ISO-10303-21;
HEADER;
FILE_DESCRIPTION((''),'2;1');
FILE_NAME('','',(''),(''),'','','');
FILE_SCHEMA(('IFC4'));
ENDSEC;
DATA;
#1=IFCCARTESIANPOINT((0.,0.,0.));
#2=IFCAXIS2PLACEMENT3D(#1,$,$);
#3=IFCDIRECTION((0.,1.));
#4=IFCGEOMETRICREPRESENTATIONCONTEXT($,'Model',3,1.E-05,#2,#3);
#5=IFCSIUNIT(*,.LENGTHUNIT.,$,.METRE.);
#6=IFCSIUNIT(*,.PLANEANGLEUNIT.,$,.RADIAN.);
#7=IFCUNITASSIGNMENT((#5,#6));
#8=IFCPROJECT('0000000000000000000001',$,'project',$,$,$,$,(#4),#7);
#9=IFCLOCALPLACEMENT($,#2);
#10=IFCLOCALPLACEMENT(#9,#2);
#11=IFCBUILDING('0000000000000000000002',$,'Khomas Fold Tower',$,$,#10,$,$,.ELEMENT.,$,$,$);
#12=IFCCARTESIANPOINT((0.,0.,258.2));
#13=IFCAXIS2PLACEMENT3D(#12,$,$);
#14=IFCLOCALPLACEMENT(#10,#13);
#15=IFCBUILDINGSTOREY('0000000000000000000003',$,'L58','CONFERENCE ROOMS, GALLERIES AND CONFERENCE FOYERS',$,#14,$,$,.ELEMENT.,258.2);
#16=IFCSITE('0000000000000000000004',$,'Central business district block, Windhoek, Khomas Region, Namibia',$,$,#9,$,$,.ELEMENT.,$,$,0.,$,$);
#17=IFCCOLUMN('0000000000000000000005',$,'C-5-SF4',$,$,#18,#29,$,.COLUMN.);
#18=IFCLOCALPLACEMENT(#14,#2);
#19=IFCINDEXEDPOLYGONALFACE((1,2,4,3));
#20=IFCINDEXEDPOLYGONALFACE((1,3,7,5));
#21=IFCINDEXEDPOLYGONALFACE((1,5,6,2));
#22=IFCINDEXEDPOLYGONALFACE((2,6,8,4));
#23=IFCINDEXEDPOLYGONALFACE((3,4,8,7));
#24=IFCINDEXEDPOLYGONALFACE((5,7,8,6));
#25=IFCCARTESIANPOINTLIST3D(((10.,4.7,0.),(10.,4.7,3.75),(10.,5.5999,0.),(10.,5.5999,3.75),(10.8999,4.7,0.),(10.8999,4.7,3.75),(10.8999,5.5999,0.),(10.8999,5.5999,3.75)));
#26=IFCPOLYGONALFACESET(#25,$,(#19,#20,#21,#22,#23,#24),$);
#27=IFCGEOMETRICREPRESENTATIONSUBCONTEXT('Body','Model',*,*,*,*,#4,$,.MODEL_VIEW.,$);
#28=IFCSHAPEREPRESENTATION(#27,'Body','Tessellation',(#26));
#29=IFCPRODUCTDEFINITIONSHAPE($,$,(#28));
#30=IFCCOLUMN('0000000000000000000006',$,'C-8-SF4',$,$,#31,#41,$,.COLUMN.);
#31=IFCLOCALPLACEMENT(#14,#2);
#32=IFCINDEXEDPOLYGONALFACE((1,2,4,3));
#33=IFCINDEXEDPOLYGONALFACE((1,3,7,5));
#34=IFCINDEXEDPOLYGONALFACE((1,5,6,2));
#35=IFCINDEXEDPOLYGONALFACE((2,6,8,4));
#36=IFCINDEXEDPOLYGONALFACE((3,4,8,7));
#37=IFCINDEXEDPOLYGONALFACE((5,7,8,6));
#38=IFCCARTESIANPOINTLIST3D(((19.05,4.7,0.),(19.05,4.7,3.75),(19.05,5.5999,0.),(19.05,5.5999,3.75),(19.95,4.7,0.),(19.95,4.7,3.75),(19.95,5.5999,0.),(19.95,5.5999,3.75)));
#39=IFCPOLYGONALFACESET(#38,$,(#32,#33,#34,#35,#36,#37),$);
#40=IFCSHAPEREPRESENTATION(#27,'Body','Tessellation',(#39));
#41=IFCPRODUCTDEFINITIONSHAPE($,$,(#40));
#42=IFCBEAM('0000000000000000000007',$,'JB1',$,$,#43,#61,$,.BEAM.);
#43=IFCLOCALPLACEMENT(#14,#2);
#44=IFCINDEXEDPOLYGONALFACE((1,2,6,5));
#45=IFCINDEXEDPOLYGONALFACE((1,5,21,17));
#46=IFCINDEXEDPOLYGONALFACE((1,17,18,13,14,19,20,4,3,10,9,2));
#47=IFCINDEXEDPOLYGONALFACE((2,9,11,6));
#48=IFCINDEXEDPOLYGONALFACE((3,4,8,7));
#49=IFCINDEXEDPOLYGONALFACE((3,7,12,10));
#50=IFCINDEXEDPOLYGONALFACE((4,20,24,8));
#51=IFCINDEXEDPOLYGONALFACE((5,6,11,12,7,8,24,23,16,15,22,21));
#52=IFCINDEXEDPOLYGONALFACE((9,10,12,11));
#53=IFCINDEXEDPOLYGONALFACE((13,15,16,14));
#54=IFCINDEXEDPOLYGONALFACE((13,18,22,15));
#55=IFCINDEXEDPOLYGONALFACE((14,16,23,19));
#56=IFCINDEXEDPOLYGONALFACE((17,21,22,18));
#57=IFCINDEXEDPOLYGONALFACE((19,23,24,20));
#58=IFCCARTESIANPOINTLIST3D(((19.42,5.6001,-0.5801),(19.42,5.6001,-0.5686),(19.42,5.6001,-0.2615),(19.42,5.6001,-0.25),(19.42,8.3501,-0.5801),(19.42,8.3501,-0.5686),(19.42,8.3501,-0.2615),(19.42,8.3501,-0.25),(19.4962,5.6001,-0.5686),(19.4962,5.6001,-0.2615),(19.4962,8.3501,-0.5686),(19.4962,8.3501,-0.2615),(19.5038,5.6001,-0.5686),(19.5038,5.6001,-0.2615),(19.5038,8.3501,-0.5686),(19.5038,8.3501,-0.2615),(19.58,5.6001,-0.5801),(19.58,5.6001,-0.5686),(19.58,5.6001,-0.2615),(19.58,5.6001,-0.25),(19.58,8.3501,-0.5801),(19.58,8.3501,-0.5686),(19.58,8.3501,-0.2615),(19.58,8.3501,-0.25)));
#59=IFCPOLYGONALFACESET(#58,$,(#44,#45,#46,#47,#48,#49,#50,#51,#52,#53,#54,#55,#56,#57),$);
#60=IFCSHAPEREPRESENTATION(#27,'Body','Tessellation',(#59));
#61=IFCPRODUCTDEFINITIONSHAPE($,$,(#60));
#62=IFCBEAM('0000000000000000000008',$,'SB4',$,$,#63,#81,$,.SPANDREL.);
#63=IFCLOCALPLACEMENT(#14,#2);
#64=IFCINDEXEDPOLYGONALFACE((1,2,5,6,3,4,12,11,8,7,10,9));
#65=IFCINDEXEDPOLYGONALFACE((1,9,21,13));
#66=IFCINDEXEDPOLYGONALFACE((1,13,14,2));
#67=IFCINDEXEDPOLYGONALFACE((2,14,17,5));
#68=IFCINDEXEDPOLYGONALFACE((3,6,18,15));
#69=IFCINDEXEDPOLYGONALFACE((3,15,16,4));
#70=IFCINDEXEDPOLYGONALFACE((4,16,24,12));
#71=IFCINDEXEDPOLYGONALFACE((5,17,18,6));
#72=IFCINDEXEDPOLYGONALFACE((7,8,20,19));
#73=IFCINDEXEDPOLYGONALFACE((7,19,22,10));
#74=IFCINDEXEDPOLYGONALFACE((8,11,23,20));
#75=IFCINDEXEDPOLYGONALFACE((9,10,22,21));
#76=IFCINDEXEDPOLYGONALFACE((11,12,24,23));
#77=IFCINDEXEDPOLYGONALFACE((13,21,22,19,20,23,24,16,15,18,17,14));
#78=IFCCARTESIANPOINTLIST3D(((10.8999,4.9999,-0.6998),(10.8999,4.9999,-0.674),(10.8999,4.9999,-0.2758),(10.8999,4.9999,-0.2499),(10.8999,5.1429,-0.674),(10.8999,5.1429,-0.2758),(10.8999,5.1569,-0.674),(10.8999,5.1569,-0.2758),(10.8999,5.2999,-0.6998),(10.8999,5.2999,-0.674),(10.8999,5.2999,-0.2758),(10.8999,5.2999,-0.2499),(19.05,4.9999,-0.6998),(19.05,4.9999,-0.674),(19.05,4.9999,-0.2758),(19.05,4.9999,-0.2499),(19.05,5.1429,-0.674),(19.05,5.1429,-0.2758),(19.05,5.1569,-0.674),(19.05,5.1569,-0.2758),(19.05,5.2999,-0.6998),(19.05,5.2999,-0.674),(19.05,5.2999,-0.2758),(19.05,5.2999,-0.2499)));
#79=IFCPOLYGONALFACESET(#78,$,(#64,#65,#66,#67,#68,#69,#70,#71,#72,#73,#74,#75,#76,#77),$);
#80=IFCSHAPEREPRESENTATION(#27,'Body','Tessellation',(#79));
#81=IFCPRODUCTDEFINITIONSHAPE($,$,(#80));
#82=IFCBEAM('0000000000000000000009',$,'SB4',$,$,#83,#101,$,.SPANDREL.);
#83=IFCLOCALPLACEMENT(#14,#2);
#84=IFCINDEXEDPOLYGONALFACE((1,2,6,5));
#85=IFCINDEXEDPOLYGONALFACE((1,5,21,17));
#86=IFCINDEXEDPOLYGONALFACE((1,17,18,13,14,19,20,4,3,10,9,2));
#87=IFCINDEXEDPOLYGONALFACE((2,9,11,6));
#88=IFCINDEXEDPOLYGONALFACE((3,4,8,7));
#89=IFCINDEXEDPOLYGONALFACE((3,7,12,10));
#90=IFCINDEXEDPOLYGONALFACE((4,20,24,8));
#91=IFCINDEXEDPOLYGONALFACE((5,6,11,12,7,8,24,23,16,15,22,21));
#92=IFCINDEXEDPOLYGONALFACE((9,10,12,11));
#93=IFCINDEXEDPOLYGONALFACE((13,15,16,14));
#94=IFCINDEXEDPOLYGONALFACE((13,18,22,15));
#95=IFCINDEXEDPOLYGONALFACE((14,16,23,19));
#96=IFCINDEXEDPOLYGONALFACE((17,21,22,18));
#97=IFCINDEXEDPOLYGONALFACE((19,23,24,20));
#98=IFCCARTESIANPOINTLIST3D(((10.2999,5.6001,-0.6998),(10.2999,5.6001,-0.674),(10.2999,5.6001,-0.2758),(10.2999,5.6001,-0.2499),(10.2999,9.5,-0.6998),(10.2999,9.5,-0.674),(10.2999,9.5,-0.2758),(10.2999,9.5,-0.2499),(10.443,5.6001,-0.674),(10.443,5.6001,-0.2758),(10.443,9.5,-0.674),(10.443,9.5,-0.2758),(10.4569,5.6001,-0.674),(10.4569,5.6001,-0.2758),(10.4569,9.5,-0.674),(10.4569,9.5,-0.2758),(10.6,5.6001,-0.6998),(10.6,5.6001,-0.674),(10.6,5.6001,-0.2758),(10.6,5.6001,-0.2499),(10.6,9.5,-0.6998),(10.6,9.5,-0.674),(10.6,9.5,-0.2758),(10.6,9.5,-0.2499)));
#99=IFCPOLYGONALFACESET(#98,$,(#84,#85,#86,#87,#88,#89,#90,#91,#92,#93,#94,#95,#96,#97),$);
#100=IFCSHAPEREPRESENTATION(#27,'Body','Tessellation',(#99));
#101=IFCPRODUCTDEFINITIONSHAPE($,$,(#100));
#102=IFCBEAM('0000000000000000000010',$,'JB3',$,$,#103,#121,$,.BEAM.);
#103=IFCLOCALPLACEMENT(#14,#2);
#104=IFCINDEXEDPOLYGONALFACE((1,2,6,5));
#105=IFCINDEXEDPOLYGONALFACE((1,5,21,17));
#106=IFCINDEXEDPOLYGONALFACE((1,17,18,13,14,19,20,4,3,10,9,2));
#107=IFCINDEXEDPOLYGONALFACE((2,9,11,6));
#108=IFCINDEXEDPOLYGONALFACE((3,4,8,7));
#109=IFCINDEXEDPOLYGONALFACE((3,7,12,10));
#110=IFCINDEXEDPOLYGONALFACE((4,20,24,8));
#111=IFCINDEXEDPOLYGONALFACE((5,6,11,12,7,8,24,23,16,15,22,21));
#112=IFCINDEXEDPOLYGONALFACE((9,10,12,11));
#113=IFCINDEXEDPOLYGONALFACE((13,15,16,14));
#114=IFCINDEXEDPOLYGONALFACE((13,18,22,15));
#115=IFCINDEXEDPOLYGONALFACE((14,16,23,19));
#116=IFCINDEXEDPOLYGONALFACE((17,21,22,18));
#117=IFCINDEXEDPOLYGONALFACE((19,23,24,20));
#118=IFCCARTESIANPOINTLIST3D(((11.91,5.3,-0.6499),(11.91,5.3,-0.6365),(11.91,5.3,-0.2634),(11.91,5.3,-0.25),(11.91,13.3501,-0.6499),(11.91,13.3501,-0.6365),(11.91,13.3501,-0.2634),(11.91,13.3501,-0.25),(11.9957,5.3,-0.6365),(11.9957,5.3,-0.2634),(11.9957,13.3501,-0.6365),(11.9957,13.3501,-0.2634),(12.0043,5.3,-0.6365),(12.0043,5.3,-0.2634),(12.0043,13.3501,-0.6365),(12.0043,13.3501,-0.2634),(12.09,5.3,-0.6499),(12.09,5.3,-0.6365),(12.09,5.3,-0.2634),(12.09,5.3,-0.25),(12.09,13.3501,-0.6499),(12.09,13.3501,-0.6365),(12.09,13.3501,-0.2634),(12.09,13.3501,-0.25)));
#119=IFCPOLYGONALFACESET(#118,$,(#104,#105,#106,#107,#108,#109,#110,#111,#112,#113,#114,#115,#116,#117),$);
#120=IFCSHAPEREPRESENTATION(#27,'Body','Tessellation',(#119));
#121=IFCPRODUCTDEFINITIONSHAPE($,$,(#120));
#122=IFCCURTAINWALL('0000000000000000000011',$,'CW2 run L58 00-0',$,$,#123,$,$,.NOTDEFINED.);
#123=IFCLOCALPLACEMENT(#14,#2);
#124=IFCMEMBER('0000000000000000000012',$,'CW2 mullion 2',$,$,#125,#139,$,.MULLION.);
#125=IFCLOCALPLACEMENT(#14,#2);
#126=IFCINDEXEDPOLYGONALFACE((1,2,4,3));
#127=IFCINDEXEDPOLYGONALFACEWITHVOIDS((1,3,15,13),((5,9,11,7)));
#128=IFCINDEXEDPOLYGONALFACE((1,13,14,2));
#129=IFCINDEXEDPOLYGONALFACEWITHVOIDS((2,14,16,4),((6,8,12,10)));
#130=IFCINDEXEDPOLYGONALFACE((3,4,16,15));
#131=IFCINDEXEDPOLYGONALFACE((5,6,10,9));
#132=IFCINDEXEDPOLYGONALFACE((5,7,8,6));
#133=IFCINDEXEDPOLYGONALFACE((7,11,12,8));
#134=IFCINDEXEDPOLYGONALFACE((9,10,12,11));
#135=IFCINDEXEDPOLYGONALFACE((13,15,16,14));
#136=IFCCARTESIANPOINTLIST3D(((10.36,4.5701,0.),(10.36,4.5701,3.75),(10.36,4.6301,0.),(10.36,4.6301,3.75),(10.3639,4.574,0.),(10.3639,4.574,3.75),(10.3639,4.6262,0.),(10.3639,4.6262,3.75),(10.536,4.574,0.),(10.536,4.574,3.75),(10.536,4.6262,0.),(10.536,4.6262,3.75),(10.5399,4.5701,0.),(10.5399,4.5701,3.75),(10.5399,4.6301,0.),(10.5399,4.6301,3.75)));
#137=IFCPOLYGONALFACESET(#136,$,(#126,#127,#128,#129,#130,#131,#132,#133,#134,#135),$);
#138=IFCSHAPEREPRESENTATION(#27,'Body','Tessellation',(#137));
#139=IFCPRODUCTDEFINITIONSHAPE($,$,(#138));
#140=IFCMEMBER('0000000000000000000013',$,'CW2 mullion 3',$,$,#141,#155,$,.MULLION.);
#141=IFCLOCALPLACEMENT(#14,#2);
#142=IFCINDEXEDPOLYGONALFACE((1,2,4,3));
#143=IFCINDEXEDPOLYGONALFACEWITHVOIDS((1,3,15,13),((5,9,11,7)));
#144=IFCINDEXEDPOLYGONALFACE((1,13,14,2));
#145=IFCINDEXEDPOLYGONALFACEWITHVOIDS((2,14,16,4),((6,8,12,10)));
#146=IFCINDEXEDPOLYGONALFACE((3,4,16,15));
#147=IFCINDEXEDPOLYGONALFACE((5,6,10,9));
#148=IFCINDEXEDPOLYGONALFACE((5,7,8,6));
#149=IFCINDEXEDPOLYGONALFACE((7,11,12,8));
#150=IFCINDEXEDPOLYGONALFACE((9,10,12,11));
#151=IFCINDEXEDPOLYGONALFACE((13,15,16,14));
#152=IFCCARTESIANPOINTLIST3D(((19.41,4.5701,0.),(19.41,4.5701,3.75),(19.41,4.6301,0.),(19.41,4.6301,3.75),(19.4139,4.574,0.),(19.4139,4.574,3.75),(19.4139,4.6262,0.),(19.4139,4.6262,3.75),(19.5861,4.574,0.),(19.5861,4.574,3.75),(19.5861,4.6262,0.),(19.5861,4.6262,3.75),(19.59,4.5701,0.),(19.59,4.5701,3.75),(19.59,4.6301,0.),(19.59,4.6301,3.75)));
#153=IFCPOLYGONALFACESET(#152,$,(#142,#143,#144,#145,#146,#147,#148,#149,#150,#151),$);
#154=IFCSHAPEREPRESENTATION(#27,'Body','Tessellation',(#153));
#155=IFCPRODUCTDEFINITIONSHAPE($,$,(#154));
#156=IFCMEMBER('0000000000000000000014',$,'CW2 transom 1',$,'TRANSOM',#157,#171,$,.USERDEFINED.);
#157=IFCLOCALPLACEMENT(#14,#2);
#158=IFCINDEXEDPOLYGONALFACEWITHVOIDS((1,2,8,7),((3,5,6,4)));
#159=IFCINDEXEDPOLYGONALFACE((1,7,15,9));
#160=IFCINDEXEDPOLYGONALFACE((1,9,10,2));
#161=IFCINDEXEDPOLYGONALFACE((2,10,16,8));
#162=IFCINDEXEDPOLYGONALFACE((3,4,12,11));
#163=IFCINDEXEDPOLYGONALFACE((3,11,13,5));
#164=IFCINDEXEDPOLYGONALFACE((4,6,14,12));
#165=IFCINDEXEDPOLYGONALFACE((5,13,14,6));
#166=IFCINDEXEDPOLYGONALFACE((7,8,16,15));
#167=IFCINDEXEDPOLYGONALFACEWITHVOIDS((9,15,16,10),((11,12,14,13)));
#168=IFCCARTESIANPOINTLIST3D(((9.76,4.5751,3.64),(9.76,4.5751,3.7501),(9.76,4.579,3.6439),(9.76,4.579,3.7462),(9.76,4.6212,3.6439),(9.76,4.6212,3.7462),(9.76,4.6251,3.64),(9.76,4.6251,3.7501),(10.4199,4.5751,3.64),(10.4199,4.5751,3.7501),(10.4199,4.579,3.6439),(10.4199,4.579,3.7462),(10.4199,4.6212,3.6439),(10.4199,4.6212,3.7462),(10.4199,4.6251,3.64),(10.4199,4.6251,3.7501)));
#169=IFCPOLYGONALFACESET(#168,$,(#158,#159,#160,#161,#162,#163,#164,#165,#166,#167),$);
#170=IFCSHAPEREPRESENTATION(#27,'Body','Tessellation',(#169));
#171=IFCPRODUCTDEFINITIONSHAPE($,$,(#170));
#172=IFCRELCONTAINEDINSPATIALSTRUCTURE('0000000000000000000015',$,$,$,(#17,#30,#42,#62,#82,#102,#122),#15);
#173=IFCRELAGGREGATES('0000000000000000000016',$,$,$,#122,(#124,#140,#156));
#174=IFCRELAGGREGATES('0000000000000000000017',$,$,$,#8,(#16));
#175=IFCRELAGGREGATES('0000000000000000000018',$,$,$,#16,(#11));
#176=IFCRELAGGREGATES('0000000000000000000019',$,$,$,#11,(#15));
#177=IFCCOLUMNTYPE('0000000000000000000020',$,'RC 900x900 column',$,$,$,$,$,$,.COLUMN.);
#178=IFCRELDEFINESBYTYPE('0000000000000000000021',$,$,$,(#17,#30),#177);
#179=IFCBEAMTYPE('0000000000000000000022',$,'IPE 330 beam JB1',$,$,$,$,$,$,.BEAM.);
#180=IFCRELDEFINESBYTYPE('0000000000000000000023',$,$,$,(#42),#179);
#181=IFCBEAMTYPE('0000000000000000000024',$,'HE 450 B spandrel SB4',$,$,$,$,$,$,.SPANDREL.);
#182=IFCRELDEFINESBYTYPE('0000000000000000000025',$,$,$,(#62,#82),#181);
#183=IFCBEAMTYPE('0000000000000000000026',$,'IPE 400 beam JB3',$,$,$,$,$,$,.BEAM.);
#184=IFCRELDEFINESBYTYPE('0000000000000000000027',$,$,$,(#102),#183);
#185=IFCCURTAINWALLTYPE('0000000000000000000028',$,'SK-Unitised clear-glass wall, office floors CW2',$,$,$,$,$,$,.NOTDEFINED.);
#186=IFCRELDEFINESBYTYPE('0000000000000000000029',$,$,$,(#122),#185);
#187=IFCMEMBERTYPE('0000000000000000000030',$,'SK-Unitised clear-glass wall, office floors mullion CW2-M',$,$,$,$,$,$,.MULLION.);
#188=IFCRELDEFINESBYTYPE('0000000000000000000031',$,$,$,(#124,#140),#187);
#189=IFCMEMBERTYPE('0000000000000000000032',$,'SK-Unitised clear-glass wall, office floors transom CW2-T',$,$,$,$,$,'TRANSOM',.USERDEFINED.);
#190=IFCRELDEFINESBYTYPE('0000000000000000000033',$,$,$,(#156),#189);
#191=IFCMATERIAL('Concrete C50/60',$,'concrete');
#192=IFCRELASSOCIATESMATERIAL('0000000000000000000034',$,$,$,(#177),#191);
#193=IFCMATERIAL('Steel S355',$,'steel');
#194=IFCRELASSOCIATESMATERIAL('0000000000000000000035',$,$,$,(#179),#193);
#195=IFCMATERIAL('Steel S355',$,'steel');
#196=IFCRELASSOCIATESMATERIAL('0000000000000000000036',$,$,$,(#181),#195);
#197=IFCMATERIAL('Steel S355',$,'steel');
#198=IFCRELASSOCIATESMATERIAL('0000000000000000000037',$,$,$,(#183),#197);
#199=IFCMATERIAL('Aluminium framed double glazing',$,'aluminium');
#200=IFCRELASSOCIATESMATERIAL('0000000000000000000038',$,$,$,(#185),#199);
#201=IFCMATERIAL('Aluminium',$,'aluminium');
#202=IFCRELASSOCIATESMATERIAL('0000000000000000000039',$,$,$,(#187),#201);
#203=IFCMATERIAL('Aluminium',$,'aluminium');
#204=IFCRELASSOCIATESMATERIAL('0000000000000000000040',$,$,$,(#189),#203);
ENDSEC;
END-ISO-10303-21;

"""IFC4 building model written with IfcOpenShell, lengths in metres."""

from ifc_helpers import new_model, si_unit, direction, frame, origin, origin_2d, place, context, subcontext, project, spatial, rectangle, hollow_rectangle, i_section, extrude, source, transform, mapped, material, material_profile, profile_set, type_object, element, aggregate, save


model = new_model("IFC4")

# Units and contexts
model_context = context("Model", 3, precision=1e-05, world=origin(), true_north=direction((0.0, 1.0)))
body_context = subcontext(model_context, "Body", "Model", "MODEL_VIEW")
ifc_project = project(units=[si_unit("LENGTHUNIT", "METRE"), si_unit("PLANEANGLEUNIT", "RADIAN")], contexts=[model_context])

# Site, building, storey
site_placement = place(None, origin())
site = spatial("IfcSite", under=ifc_project, at=site_placement, Name="Central business district block, Windhoek, Khomas Region, Namibia", CompositionType="ELEMENT", RefElevation=0.0)
building_placement = place(site_placement, origin())
building = spatial("IfcBuilding", under=site, at=building_placement, Name="Khomas Fold Tower", CompositionType="ELEMENT")
storey_placement = place(building_placement, frame((0.0, 0.0, 258.2)))
storey = spatial("IfcBuildingStorey", under=building, at=storey_placement, Name="L58", Description="CONFERENCE ROOMS, GALLERIES AND CONFERENCE FOYERS", CompositionType="ELEMENT", Elevation=258.2)

# Columns
ifc_material_1 = material(Name="Concrete C50/60", Category="concrete")
ifc_material_profile_1 = material_profile(ifc_material_1, rectangle(XDim=0.8999, YDim=0.8999, at=origin_2d()), Name="RC 900x900")
ifc_profile_set_1 = profile_set([ifc_material_profile_1], Name="Concrete C50/60")
column_type = type_object("IfcColumnType", Name="RC 900x900 column", PredefinedType="COLUMN", material=ifc_profile_set_1)
shared_shape_1 = source(origin(), body_context, "Body", "SweptSolid", [
    extrude(rectangle(XDim=0.8999, YDim=0.8999, at=origin_2d()), origin(), (0.0, 0.0, 1.0), 3.75),
])
for number, where, z_axis, x_axis, name in (
    (1, (10.45, 5.1499, 0.0), (0.0, 0.0, 1.0), (1.0, 0.0, 0.0), "C-5-SF4"),
    (2, (19.5, 5.1499, 0.0), (0.0, 0.0, 1.0), (1.0, 0.0, 0.0), "C-8-SF4"),
):
    element("IfcColumn", number, at=place(storey_placement, frame(where, z_axis=z_axis, x_axis=x_axis)), inside=storey, type_object=column_type, Name=name, PredefinedType="COLUMN", context=body_context, shape_type="MappedRepresentation", body=[
        mapped(shared_shape_1, transform((0.0, 0.0, 0.0))),
    ])

# Beams
ifc_material_2 = material(Name="Steel S355", Category="steel")
ifc_material_profile_2 = material_profile(ifc_material_2, i_section(OverallWidth=0.1599, OverallDepth=0.3301, WebThickness=0.0076, FlangeThickness=0.0115, at=origin_2d()), Name="IPE 330")
ifc_profile_set_2 = profile_set([ifc_material_profile_2], Name="Steel S355")
beam_type_1 = type_object("IfcBeamType", Name="IPE 330 beam JB1", PredefinedType="BEAM", material=ifc_profile_set_2)
shared_shape_2 = source(origin(), body_context, "Body", "SweptSolid", [
    extrude(i_section(OverallWidth=0.1599, OverallDepth=0.3301, WebThickness=0.0076, FlangeThickness=0.0115, at=origin_2d()), origin(), (0.0, 0.0, 1.0), 2.75),
])
beam_1_placement = place(storey_placement, frame((19.5, 5.6001, -0.415), z_axis=(0.0, 1.0, 0.0), x_axis=(-1.0, 0.0, 0.0)))
element("IfcBeam", 3, at=beam_1_placement, inside=storey, type_object=beam_type_1, Name="JB1", PredefinedType="BEAM", context=body_context, shape_type="MappedRepresentation", body=[
    mapped(shared_shape_2, transform((0.0, 0.0, 0.0))),
])
ifc_material_3 = material(Name="Steel S355", Category="steel")
ifc_material_profile_3 = material_profile(ifc_material_3, i_section(OverallWidth=0.3, OverallDepth=0.45, WebThickness=0.0139, FlangeThickness=0.0259, at=origin_2d()), Name="HE 450 B")
ifc_profile_set_3 = profile_set([ifc_material_profile_3], Name="Steel S355")
beam_type_2 = type_object("IfcBeamType", Name="HE 450 B spandrel SB4", PredefinedType="SPANDREL", material=ifc_profile_set_3)
shared_shape_3 = source(origin(), body_context, "Body", "SweptSolid", [
    extrude(i_section(OverallWidth=0.3, OverallDepth=0.45, WebThickness=0.0139, FlangeThickness=0.0259, at=origin_2d()), origin(), (0.0, 0.0, 1.0), 8.1501),
])
beam_2_placement = place(storey_placement, frame((10.8999, 5.1499, -0.4749), z_axis=(1.0, 0.0, 0.0), x_axis=(0.0, 1.0, 0.0)))
element("IfcBeam", 4, at=beam_2_placement, inside=storey, type_object=beam_type_2, Name="SB4", PredefinedType="SPANDREL", context=body_context, shape_type="MappedRepresentation", body=[
    mapped(shared_shape_3, transform((0.0, 0.0, 0.0))),
])
shared_shape_4 = source(origin(), body_context, "Body", "SweptSolid", [
    extrude(i_section(OverallWidth=0.3, OverallDepth=0.45, WebThickness=0.0139, FlangeThickness=0.0259, at=origin_2d()), origin(), (0.0, 0.0, 1.0), 3.8999),
])
beam_3_placement = place(storey_placement, frame((10.45, 5.6001, -0.4749), z_axis=(0.0, 1.0, 0.0), x_axis=(-1.0, 0.0, 0.0)))
element("IfcBeam", 5, at=beam_3_placement, inside=storey, type_object=beam_type_2, Name="SB4", PredefinedType="SPANDREL", context=body_context, shape_type="MappedRepresentation", body=[
    mapped(shared_shape_4, transform((0.0, 0.0, 0.0))),
])
ifc_material_4 = material(Name="Steel S355", Category="steel")
ifc_material_profile_4 = material_profile(ifc_material_4, i_section(OverallWidth=0.1799, OverallDepth=0.3999, WebThickness=0.0085, FlangeThickness=0.0134, at=origin_2d()), Name="IPE 400")
ifc_profile_set_4 = profile_set([ifc_material_profile_4], Name="Steel S355")
beam_type_3 = type_object("IfcBeamType", Name="IPE 400 beam JB3", PredefinedType="BEAM", material=ifc_profile_set_4)
shared_shape_5 = source(origin(), body_context, "Body", "SweptSolid", [
    extrude(i_section(OverallWidth=0.1799, OverallDepth=0.3999, WebThickness=0.0085, FlangeThickness=0.0134, at=origin_2d()), origin(), (0.0, 0.0, 1.0), 8.05),
])
beam_4_placement = place(storey_placement, frame((12.0, 5.3, -0.45), z_axis=(0.0, 1.0, 0.0), x_axis=(-1.0, 0.0, 0.0)))
element("IfcBeam", 6, at=beam_4_placement, inside=storey, type_object=beam_type_3, Name="JB3", PredefinedType="BEAM", context=body_context, shape_type="MappedRepresentation", body=[
    mapped(shared_shape_5, transform((0.0, 0.0, 0.0))),
])

# Curtain wall, members
ifc_material_5 = material(Name="Aluminium framed double glazing", Category="aluminium")
curtain_wall_type = type_object("IfcCurtainWallType", Name="SK-Unitised clear-glass wall, office floors CW2", PredefinedType="NOTDEFINED", material=ifc_material_5)
curtain_wall_placement = place(storey_placement, origin())
curtain_wall = element("IfcCurtainWall", 7, at=curtain_wall_placement, inside=storey, type_object=curtain_wall_type, Name="CW2 run L58 00-0", PredefinedType="NOTDEFINED")
ifc_material_6 = material(Name="Aluminium", Category="aluminium")
ifc_material_profile_5 = material_profile(ifc_material_6, hollow_rectangle(XDim=0.0601, YDim=0.1799, WallThickness=0.0039, at=origin_2d()), Name="SK-Unitised clear-glass wall, office floors mullion CW2-M")
ifc_profile_set_5 = profile_set([ifc_material_profile_5], Name="Aluminium")
member_type_1 = type_object("IfcMemberType", Name="SK-Unitised clear-glass wall, office floors mullion CW2-M", PredefinedType="MULLION", material=ifc_profile_set_5)
shared_shape_6 = source(origin(), body_context, "Body", "SweptSolid", [
    extrude(hollow_rectangle(XDim=0.0601, YDim=0.1799, WallThickness=0.0039, at=origin_2d()), origin(), (0.0, 0.0, 1.0), 3.75),
])
member_1_placement = place(storey_placement, frame((10.45, 4.6001, 0.0), z_axis=(0.0, 0.0, 1.0), x_axis=(0.0, 1.0, 0.0)))
member_1 = element("IfcMember", 8, at=member_1_placement, type_object=member_type_1, Name="CW2 mullion 2", PredefinedType="MULLION", context=body_context, shape_type="MappedRepresentation", body=[
    mapped(shared_shape_6, transform((0.0, 0.0, 0.0))),
])
member_2_placement = place(storey_placement, frame((19.5, 4.6001, 0.0), z_axis=(0.0, 0.0, 1.0), x_axis=(0.0, 1.0, 0.0)))
member_2 = element("IfcMember", 9, at=member_2_placement, type_object=member_type_1, Name="CW2 mullion 3", PredefinedType="MULLION", context=body_context, shape_type="MappedRepresentation", body=[
    mapped(shared_shape_6, transform((0.0, 0.0, 0.0))),
])
ifc_material_7 = material(Name="Aluminium", Category="aluminium")
ifc_material_profile_6 = material_profile(ifc_material_7, hollow_rectangle(XDim=0.05, YDim=0.1101, WallThickness=0.0039, at=origin_2d()), Name="SK-Unitised clear-glass wall, office floors transom CW2-T")
ifc_profile_set_6 = profile_set([ifc_material_profile_6], Name="Aluminium")
member_type_2 = type_object("IfcMemberType", Name="SK-Unitised clear-glass wall, office floors transom CW2-T", ElementType="TRANSOM", PredefinedType="USERDEFINED", material=ifc_profile_set_6)
shared_shape_7 = source(origin(), body_context, "Body", "SweptSolid", [
    extrude(hollow_rectangle(XDim=0.05, YDim=0.1101, WallThickness=0.0039, at=origin_2d()), origin(), (0.0, 0.0, 1.0), 0.6599),
])
member_3_placement = place(storey_placement, frame((9.76, 4.6001, 3.6951), z_axis=(1.0, 0.0, 0.0), x_axis=(0.0, 1.0, 0.0)))
member_3 = element("IfcMember", 10, at=member_3_placement, type_object=member_type_2, Name="CW2 transom 1", ObjectType="TRANSOM", PredefinedType="USERDEFINED", context=body_context, shape_type="MappedRepresentation", body=[
    mapped(shared_shape_7, transform((0.0, 0.0, 0.0))),
])

aggregate(curtain_wall, [member_1, member_2, member_3])

save(model, "model.ifc")
